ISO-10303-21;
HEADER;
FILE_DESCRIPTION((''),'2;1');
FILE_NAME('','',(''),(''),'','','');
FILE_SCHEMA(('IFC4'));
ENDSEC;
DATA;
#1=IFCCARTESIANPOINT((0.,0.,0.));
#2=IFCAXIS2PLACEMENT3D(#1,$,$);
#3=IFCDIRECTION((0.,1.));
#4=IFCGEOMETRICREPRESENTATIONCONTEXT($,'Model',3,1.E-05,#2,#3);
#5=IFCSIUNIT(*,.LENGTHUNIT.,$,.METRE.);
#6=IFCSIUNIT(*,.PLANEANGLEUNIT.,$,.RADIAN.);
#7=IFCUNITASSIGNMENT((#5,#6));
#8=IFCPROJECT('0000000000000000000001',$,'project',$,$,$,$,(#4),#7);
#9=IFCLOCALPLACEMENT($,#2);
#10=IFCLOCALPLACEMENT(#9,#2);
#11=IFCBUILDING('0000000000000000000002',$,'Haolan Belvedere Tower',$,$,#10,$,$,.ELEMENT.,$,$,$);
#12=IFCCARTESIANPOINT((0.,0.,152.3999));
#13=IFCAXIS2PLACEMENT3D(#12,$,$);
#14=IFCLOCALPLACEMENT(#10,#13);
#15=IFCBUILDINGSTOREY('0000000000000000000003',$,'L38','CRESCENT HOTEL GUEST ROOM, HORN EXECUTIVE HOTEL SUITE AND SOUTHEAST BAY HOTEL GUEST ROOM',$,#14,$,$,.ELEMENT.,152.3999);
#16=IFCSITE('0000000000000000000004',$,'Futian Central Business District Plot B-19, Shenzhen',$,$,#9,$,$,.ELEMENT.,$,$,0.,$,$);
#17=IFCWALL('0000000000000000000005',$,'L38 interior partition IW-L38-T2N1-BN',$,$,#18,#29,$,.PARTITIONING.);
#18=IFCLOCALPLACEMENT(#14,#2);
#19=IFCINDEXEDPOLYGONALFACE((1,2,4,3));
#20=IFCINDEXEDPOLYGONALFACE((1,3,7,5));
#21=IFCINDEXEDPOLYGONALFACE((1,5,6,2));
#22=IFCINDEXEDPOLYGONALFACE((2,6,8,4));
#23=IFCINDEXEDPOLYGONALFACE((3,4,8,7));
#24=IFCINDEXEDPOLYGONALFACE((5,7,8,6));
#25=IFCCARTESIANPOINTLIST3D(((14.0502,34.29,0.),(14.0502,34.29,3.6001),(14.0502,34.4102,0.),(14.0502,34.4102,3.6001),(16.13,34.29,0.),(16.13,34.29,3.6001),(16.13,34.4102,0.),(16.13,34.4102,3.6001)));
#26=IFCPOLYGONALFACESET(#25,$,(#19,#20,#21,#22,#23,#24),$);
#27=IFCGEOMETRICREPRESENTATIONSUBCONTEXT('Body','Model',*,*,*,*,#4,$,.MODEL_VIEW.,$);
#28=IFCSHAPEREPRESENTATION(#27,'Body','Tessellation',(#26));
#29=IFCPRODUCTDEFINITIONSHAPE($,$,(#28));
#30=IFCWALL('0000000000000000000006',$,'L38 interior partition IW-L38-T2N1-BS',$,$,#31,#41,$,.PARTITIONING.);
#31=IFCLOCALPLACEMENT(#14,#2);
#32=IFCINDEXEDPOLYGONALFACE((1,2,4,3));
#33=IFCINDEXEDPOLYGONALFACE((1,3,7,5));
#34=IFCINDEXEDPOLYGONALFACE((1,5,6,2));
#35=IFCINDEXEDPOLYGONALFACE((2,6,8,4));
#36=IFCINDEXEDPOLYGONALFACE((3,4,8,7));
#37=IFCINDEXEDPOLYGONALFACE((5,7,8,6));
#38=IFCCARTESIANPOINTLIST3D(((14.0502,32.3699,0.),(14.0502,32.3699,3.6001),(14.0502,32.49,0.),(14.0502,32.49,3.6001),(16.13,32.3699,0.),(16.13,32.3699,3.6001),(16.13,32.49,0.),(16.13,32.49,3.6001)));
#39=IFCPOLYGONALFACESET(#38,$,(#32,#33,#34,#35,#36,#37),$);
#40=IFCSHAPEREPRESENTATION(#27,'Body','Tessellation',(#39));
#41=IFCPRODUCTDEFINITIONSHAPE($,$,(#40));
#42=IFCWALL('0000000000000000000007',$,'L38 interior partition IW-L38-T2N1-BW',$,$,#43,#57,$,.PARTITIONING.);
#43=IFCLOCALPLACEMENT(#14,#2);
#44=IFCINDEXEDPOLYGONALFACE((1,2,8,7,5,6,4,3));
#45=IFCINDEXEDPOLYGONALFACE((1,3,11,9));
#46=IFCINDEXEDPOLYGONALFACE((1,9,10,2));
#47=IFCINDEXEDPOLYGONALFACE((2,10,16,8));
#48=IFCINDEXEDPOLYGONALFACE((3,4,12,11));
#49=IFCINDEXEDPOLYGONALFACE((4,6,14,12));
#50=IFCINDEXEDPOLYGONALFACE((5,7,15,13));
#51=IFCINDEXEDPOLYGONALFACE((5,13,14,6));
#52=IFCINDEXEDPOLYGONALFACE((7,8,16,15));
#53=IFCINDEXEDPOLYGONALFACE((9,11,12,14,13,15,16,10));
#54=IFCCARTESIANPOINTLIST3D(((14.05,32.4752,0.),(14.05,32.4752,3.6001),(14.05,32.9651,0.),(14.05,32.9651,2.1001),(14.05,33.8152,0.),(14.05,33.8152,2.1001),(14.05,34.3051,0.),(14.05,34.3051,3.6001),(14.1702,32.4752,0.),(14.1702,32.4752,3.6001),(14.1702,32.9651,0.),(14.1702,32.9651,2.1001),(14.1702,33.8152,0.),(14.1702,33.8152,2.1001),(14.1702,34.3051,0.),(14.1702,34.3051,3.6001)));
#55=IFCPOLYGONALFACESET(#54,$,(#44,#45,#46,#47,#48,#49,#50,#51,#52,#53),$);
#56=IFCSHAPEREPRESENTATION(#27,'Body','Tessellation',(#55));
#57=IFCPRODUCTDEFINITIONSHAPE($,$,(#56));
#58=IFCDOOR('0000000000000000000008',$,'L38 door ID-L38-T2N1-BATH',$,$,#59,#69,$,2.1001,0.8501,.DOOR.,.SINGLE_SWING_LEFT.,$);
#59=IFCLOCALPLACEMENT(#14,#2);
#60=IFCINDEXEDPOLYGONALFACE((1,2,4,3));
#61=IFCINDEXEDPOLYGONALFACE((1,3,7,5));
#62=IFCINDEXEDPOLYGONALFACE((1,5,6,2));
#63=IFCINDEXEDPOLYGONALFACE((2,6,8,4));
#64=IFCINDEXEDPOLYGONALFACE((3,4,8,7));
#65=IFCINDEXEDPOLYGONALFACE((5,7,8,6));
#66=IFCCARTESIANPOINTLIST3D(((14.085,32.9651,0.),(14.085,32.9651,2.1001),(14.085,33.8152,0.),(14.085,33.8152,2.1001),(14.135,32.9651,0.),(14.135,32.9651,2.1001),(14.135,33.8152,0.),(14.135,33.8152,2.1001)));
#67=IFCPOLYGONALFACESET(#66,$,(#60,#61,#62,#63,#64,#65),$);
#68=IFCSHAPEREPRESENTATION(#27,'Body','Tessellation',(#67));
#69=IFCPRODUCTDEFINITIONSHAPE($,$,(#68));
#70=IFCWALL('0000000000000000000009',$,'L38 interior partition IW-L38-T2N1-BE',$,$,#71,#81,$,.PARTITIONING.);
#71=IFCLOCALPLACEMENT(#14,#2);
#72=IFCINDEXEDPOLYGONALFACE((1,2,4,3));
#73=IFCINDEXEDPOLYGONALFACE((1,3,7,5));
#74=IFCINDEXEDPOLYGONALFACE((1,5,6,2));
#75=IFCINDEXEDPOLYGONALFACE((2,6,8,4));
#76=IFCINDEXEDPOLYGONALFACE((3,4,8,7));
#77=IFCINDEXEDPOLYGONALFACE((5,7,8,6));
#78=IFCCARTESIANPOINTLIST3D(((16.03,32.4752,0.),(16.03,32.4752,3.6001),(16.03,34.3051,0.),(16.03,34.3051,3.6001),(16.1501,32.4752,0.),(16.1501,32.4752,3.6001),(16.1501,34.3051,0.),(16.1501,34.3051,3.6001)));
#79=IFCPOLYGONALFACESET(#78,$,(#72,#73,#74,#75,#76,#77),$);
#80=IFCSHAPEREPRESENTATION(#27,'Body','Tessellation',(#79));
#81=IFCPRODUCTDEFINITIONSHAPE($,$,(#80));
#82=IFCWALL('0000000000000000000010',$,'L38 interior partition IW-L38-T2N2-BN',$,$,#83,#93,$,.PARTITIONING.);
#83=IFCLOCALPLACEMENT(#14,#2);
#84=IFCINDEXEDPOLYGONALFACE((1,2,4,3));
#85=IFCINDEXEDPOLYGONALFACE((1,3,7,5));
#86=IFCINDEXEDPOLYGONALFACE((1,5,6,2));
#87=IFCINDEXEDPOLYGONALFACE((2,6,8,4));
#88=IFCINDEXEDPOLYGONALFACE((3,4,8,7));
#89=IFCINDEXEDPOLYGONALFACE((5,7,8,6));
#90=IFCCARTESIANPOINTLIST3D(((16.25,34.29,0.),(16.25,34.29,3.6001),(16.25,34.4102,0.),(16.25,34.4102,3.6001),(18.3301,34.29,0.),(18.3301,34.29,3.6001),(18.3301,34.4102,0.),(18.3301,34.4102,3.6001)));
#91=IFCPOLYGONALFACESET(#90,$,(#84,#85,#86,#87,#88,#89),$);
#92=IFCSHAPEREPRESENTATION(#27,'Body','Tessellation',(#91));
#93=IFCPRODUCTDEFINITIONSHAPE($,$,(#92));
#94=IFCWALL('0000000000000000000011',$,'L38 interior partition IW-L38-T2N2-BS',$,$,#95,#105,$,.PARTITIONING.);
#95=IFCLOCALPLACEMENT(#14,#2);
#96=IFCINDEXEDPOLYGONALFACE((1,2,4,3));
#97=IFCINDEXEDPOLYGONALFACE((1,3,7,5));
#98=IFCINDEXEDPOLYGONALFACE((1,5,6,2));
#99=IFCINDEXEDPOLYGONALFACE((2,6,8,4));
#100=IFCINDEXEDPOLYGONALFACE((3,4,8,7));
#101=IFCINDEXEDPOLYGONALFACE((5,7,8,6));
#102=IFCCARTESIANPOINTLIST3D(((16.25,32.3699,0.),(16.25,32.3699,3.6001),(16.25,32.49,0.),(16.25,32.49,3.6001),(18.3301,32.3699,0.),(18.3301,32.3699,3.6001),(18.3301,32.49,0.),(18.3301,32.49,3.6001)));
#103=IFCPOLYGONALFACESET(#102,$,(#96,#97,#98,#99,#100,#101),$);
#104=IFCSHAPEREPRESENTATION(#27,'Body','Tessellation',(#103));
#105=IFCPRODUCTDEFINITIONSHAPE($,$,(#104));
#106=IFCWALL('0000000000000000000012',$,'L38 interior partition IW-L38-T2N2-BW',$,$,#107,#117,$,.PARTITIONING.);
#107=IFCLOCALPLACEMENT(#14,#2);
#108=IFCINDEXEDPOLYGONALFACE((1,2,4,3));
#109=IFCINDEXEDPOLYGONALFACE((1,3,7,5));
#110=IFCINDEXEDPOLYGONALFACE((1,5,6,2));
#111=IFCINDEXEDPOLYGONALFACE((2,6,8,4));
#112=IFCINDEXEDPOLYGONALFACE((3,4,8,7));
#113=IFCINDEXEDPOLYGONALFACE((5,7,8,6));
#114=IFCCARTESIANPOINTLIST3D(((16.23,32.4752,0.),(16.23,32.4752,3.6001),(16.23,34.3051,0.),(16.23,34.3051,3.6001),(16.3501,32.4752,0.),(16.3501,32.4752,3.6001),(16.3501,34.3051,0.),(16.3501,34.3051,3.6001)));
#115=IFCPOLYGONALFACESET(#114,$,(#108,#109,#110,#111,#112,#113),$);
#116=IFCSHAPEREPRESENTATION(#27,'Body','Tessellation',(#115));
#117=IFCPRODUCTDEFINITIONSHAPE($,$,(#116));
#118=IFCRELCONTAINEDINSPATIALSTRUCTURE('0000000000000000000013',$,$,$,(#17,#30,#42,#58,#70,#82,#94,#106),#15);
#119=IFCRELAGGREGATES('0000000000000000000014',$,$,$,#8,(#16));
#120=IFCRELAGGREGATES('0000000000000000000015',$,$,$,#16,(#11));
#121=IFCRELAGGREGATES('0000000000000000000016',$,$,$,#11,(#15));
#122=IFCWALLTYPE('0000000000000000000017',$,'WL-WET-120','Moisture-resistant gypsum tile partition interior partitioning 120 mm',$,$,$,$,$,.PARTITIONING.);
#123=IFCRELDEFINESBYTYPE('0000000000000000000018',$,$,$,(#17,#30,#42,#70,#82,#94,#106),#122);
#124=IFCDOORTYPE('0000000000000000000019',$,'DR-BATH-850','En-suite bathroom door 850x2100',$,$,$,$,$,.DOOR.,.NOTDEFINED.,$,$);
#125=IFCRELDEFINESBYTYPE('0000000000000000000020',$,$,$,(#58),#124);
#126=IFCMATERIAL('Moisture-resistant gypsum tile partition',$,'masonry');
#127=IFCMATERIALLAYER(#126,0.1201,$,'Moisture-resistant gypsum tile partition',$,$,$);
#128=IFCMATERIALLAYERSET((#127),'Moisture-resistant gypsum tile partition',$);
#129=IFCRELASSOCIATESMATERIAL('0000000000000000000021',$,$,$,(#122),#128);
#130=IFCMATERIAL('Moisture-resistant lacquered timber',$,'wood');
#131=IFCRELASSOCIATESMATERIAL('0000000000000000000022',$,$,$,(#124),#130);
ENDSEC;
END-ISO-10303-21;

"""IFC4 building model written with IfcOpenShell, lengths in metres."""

from ifc_helpers import new_model, si_unit, direction, frame, frame_2d, origin, place, context, subcontext, project, spatial, rectangle, extrude, material, layer, layer_set, type_object, element, fill, save


model = new_model("IFC4")

# Units and contexts
model_context = context("Model", 3, precision=1e-05, world=origin(), true_north=direction((0.0, 1.0)))
body_context = subcontext(model_context, "Body", "Model", "MODEL_VIEW")
ifc_project = project(units=[si_unit("LENGTHUNIT", "METRE"), si_unit("PLANEANGLEUNIT", "RADIAN")], contexts=[model_context])

# Site, building, storey
site_placement = place(None, origin())
site = spatial("IfcSite", under=ifc_project, at=site_placement, Name="Futian Central Business District Plot B-19, Shenzhen", CompositionType="ELEMENT", RefElevation=0.0)
building_placement = place(site_placement, origin())
building = spatial("IfcBuilding", under=site, at=building_placement, Name="Haolan Belvedere Tower", CompositionType="ELEMENT")
storey_placement = place(building_placement, frame((0.0, 0.0, 152.3999)))
storey = spatial("IfcBuildingStorey", under=building, at=storey_placement, Name="L38", Description="CRESCENT HOTEL GUEST ROOM, HORN EXECUTIVE HOTEL SUITE AND SOUTHEAST BAY HOTEL GUEST ROOM", CompositionType="ELEMENT", Elevation=152.3999)

# Walls
ifc_material_1 = material(Name="Moisture-resistant gypsum tile partition", Category="masonry")
ifc_layer_1 = layer(ifc_material_1, 0.1201, Name="Moisture-resistant gypsum tile partition")
ifc_layer_set_1 = layer_set([ifc_layer_1], Name="Moisture-resistant gypsum tile partition")
wall_type_1 = type_object("IfcWallType", Name="WL-WET-120", Description="Moisture-resistant gypsum tile partition interior partitioning 120 mm", PredefinedType="PARTITIONING", material=ifc_layer_set_1)
for number, where, z_axis, x_axis, name in (
    (1, (14.05, 34.3501, 0.0), (0.0, 0.0, 1.0), (1.0, 0.0, 0.0), "L38 interior partition IW-L38-T2N1-BN"),
    (2, (14.05, 32.4299, 0.0), (0.0, 0.0, 1.0), (1.0, 0.0, 0.0), "L38 interior partition IW-L38-T2N1-BS"),
):
    element("IfcWall", number, at=place(storey_placement, frame(where, z_axis=z_axis, x_axis=x_axis)), inside=storey, type_object=wall_type_1, Name=name, PredefinedType="PARTITIONING", context=body_context, shape_type="SweptSolid", body=[
        extrude(rectangle(XDim=2.0798, YDim=0.1201, at=frame_2d((1.04, 0.0))), origin(), (0.0, 0.0, 1.0), 3.6001),
    ])

# Wall, opening, door
wall_1_placement = place(storey_placement, frame((14.1101, 32.4751, 0.0), z_axis=(0.0, 0.0, 1.0), x_axis=(0.0, 1.0, 0.0)))
wall_1 = element("IfcWall", 3, at=wall_1_placement, inside=storey, type_object=wall_type_1, Name="L38 interior partition IW-L38-T2N1-BW", PredefinedType="PARTITIONING", context=body_context, shape_type="SweptSolid", body=[
    extrude(rectangle(XDim=1.8298, YDim=0.1201, at=frame_2d((0.915, 0.0))), origin(), (0.0, 0.0, 1.0), 3.6001),
])
opening_1_placement = place(wall_1_placement, frame((1.3401, 0.0, 0.0), z_axis=(0.0, 0.0, 1.0), x_axis=(-1.0, 0.0, 0.0)))
opening_1 = element("IfcOpeningElement", 4, at=opening_1_placement, cuts=wall_1, PredefinedType="OPENING", context=body_context, shape_type="SweptSolid", body=[
    extrude(rectangle(XDim=0.8501, YDim=2.1001, at=frame_2d((0.425, 1.05))), frame((0.0, 0.0701, 0.0), z_axis=(0.0, -1.0, 0.0), x_axis=(1.0, 0.0, 0.0)), (0.0, 0.0, 1.0), 0.1401),
])
ifc_material_2 = material(Name="Moisture-resistant lacquered timber", Category="wood")
door_type_1 = type_object("IfcDoorType", Name="DR-BATH-850", Description="En-suite bathroom door 850x2100", OperationType="NOTDEFINED", PredefinedType="DOOR", material=ifc_material_2)
door_1_placement = place(opening_1_placement, origin())
door_1 = element("IfcDoor", 5, at=door_1_placement, inside=storey, type_object=door_type_1, Name="L38 door ID-L38-T2N1-BATH", OperationType="SINGLE_SWING_LEFT", OverallHeight=2.1001, OverallWidth=0.8501, PredefinedType="DOOR", context=body_context, shape_type="SweptSolid", body=[
    extrude(rectangle(XDim=0.8501, YDim=2.1001, at=frame_2d((0.425, 1.05))), frame((0.0, 0.0249, 0.0), z_axis=(0.0, -1.0, 0.0), x_axis=(1.0, 0.0, 0.0)), (0.0, 0.0, 1.0), 0.05),
])
fill(opening_1, door_1)

# Walls
wall_2_placement = place(storey_placement, frame((16.0901, 32.4751, 0.0), z_axis=(0.0, 0.0, 1.0), x_axis=(0.0, 1.0, 0.0)))
element("IfcWall", 6, at=wall_2_placement, inside=storey, type_object=wall_type_1, Name="L38 interior partition IW-L38-T2N1-BE", PredefinedType="PARTITIONING", context=body_context, shape_type="SweptSolid", body=[
    extrude(rectangle(XDim=1.8298, YDim=0.1201, at=frame_2d((0.915, 0.0))), origin(), (0.0, 0.0, 1.0), 3.6001),
])
for number, where, z_axis, x_axis, name in (
    (7, (16.25, 34.3501, 0.0), (0.0, 0.0, 1.0), (1.0, 0.0, 0.0), "L38 interior partition IW-L38-T2N2-BN"),
    (8, (16.25, 32.4299, 0.0), (0.0, 0.0, 1.0), (1.0, 0.0, 0.0), "L38 interior partition IW-L38-T2N2-BS"),
):
    element("IfcWall", number, at=place(storey_placement, frame(where, z_axis=z_axis, x_axis=x_axis)), inside=storey, type_object=wall_type_1, Name=name, PredefinedType="PARTITIONING", context=body_context, shape_type="SweptSolid", body=[
        extrude(rectangle(XDim=2.0801, YDim=0.1201, at=frame_2d((1.04, 0.0))), origin(), (0.0, 0.0, 1.0), 3.6001),
    ])
wall_3_placement = place(storey_placement, frame((16.29, 32.4751, 0.0), z_axis=(0.0, 0.0, 1.0), x_axis=(0.0, 1.0, 0.0)))
element("IfcWall", 9, at=wall_3_placement, inside=storey, type_object=wall_type_1, Name="L38 interior partition IW-L38-T2N2-BW", PredefinedType="PARTITIONING", context=body_context, shape_type="SweptSolid", body=[
    extrude(rectangle(XDim=1.8298, YDim=0.1201, at=frame_2d((0.915, 0.0))), origin(), (0.0, 0.0, 1.0), 3.6001),
])

save(model, "model.ifc")
